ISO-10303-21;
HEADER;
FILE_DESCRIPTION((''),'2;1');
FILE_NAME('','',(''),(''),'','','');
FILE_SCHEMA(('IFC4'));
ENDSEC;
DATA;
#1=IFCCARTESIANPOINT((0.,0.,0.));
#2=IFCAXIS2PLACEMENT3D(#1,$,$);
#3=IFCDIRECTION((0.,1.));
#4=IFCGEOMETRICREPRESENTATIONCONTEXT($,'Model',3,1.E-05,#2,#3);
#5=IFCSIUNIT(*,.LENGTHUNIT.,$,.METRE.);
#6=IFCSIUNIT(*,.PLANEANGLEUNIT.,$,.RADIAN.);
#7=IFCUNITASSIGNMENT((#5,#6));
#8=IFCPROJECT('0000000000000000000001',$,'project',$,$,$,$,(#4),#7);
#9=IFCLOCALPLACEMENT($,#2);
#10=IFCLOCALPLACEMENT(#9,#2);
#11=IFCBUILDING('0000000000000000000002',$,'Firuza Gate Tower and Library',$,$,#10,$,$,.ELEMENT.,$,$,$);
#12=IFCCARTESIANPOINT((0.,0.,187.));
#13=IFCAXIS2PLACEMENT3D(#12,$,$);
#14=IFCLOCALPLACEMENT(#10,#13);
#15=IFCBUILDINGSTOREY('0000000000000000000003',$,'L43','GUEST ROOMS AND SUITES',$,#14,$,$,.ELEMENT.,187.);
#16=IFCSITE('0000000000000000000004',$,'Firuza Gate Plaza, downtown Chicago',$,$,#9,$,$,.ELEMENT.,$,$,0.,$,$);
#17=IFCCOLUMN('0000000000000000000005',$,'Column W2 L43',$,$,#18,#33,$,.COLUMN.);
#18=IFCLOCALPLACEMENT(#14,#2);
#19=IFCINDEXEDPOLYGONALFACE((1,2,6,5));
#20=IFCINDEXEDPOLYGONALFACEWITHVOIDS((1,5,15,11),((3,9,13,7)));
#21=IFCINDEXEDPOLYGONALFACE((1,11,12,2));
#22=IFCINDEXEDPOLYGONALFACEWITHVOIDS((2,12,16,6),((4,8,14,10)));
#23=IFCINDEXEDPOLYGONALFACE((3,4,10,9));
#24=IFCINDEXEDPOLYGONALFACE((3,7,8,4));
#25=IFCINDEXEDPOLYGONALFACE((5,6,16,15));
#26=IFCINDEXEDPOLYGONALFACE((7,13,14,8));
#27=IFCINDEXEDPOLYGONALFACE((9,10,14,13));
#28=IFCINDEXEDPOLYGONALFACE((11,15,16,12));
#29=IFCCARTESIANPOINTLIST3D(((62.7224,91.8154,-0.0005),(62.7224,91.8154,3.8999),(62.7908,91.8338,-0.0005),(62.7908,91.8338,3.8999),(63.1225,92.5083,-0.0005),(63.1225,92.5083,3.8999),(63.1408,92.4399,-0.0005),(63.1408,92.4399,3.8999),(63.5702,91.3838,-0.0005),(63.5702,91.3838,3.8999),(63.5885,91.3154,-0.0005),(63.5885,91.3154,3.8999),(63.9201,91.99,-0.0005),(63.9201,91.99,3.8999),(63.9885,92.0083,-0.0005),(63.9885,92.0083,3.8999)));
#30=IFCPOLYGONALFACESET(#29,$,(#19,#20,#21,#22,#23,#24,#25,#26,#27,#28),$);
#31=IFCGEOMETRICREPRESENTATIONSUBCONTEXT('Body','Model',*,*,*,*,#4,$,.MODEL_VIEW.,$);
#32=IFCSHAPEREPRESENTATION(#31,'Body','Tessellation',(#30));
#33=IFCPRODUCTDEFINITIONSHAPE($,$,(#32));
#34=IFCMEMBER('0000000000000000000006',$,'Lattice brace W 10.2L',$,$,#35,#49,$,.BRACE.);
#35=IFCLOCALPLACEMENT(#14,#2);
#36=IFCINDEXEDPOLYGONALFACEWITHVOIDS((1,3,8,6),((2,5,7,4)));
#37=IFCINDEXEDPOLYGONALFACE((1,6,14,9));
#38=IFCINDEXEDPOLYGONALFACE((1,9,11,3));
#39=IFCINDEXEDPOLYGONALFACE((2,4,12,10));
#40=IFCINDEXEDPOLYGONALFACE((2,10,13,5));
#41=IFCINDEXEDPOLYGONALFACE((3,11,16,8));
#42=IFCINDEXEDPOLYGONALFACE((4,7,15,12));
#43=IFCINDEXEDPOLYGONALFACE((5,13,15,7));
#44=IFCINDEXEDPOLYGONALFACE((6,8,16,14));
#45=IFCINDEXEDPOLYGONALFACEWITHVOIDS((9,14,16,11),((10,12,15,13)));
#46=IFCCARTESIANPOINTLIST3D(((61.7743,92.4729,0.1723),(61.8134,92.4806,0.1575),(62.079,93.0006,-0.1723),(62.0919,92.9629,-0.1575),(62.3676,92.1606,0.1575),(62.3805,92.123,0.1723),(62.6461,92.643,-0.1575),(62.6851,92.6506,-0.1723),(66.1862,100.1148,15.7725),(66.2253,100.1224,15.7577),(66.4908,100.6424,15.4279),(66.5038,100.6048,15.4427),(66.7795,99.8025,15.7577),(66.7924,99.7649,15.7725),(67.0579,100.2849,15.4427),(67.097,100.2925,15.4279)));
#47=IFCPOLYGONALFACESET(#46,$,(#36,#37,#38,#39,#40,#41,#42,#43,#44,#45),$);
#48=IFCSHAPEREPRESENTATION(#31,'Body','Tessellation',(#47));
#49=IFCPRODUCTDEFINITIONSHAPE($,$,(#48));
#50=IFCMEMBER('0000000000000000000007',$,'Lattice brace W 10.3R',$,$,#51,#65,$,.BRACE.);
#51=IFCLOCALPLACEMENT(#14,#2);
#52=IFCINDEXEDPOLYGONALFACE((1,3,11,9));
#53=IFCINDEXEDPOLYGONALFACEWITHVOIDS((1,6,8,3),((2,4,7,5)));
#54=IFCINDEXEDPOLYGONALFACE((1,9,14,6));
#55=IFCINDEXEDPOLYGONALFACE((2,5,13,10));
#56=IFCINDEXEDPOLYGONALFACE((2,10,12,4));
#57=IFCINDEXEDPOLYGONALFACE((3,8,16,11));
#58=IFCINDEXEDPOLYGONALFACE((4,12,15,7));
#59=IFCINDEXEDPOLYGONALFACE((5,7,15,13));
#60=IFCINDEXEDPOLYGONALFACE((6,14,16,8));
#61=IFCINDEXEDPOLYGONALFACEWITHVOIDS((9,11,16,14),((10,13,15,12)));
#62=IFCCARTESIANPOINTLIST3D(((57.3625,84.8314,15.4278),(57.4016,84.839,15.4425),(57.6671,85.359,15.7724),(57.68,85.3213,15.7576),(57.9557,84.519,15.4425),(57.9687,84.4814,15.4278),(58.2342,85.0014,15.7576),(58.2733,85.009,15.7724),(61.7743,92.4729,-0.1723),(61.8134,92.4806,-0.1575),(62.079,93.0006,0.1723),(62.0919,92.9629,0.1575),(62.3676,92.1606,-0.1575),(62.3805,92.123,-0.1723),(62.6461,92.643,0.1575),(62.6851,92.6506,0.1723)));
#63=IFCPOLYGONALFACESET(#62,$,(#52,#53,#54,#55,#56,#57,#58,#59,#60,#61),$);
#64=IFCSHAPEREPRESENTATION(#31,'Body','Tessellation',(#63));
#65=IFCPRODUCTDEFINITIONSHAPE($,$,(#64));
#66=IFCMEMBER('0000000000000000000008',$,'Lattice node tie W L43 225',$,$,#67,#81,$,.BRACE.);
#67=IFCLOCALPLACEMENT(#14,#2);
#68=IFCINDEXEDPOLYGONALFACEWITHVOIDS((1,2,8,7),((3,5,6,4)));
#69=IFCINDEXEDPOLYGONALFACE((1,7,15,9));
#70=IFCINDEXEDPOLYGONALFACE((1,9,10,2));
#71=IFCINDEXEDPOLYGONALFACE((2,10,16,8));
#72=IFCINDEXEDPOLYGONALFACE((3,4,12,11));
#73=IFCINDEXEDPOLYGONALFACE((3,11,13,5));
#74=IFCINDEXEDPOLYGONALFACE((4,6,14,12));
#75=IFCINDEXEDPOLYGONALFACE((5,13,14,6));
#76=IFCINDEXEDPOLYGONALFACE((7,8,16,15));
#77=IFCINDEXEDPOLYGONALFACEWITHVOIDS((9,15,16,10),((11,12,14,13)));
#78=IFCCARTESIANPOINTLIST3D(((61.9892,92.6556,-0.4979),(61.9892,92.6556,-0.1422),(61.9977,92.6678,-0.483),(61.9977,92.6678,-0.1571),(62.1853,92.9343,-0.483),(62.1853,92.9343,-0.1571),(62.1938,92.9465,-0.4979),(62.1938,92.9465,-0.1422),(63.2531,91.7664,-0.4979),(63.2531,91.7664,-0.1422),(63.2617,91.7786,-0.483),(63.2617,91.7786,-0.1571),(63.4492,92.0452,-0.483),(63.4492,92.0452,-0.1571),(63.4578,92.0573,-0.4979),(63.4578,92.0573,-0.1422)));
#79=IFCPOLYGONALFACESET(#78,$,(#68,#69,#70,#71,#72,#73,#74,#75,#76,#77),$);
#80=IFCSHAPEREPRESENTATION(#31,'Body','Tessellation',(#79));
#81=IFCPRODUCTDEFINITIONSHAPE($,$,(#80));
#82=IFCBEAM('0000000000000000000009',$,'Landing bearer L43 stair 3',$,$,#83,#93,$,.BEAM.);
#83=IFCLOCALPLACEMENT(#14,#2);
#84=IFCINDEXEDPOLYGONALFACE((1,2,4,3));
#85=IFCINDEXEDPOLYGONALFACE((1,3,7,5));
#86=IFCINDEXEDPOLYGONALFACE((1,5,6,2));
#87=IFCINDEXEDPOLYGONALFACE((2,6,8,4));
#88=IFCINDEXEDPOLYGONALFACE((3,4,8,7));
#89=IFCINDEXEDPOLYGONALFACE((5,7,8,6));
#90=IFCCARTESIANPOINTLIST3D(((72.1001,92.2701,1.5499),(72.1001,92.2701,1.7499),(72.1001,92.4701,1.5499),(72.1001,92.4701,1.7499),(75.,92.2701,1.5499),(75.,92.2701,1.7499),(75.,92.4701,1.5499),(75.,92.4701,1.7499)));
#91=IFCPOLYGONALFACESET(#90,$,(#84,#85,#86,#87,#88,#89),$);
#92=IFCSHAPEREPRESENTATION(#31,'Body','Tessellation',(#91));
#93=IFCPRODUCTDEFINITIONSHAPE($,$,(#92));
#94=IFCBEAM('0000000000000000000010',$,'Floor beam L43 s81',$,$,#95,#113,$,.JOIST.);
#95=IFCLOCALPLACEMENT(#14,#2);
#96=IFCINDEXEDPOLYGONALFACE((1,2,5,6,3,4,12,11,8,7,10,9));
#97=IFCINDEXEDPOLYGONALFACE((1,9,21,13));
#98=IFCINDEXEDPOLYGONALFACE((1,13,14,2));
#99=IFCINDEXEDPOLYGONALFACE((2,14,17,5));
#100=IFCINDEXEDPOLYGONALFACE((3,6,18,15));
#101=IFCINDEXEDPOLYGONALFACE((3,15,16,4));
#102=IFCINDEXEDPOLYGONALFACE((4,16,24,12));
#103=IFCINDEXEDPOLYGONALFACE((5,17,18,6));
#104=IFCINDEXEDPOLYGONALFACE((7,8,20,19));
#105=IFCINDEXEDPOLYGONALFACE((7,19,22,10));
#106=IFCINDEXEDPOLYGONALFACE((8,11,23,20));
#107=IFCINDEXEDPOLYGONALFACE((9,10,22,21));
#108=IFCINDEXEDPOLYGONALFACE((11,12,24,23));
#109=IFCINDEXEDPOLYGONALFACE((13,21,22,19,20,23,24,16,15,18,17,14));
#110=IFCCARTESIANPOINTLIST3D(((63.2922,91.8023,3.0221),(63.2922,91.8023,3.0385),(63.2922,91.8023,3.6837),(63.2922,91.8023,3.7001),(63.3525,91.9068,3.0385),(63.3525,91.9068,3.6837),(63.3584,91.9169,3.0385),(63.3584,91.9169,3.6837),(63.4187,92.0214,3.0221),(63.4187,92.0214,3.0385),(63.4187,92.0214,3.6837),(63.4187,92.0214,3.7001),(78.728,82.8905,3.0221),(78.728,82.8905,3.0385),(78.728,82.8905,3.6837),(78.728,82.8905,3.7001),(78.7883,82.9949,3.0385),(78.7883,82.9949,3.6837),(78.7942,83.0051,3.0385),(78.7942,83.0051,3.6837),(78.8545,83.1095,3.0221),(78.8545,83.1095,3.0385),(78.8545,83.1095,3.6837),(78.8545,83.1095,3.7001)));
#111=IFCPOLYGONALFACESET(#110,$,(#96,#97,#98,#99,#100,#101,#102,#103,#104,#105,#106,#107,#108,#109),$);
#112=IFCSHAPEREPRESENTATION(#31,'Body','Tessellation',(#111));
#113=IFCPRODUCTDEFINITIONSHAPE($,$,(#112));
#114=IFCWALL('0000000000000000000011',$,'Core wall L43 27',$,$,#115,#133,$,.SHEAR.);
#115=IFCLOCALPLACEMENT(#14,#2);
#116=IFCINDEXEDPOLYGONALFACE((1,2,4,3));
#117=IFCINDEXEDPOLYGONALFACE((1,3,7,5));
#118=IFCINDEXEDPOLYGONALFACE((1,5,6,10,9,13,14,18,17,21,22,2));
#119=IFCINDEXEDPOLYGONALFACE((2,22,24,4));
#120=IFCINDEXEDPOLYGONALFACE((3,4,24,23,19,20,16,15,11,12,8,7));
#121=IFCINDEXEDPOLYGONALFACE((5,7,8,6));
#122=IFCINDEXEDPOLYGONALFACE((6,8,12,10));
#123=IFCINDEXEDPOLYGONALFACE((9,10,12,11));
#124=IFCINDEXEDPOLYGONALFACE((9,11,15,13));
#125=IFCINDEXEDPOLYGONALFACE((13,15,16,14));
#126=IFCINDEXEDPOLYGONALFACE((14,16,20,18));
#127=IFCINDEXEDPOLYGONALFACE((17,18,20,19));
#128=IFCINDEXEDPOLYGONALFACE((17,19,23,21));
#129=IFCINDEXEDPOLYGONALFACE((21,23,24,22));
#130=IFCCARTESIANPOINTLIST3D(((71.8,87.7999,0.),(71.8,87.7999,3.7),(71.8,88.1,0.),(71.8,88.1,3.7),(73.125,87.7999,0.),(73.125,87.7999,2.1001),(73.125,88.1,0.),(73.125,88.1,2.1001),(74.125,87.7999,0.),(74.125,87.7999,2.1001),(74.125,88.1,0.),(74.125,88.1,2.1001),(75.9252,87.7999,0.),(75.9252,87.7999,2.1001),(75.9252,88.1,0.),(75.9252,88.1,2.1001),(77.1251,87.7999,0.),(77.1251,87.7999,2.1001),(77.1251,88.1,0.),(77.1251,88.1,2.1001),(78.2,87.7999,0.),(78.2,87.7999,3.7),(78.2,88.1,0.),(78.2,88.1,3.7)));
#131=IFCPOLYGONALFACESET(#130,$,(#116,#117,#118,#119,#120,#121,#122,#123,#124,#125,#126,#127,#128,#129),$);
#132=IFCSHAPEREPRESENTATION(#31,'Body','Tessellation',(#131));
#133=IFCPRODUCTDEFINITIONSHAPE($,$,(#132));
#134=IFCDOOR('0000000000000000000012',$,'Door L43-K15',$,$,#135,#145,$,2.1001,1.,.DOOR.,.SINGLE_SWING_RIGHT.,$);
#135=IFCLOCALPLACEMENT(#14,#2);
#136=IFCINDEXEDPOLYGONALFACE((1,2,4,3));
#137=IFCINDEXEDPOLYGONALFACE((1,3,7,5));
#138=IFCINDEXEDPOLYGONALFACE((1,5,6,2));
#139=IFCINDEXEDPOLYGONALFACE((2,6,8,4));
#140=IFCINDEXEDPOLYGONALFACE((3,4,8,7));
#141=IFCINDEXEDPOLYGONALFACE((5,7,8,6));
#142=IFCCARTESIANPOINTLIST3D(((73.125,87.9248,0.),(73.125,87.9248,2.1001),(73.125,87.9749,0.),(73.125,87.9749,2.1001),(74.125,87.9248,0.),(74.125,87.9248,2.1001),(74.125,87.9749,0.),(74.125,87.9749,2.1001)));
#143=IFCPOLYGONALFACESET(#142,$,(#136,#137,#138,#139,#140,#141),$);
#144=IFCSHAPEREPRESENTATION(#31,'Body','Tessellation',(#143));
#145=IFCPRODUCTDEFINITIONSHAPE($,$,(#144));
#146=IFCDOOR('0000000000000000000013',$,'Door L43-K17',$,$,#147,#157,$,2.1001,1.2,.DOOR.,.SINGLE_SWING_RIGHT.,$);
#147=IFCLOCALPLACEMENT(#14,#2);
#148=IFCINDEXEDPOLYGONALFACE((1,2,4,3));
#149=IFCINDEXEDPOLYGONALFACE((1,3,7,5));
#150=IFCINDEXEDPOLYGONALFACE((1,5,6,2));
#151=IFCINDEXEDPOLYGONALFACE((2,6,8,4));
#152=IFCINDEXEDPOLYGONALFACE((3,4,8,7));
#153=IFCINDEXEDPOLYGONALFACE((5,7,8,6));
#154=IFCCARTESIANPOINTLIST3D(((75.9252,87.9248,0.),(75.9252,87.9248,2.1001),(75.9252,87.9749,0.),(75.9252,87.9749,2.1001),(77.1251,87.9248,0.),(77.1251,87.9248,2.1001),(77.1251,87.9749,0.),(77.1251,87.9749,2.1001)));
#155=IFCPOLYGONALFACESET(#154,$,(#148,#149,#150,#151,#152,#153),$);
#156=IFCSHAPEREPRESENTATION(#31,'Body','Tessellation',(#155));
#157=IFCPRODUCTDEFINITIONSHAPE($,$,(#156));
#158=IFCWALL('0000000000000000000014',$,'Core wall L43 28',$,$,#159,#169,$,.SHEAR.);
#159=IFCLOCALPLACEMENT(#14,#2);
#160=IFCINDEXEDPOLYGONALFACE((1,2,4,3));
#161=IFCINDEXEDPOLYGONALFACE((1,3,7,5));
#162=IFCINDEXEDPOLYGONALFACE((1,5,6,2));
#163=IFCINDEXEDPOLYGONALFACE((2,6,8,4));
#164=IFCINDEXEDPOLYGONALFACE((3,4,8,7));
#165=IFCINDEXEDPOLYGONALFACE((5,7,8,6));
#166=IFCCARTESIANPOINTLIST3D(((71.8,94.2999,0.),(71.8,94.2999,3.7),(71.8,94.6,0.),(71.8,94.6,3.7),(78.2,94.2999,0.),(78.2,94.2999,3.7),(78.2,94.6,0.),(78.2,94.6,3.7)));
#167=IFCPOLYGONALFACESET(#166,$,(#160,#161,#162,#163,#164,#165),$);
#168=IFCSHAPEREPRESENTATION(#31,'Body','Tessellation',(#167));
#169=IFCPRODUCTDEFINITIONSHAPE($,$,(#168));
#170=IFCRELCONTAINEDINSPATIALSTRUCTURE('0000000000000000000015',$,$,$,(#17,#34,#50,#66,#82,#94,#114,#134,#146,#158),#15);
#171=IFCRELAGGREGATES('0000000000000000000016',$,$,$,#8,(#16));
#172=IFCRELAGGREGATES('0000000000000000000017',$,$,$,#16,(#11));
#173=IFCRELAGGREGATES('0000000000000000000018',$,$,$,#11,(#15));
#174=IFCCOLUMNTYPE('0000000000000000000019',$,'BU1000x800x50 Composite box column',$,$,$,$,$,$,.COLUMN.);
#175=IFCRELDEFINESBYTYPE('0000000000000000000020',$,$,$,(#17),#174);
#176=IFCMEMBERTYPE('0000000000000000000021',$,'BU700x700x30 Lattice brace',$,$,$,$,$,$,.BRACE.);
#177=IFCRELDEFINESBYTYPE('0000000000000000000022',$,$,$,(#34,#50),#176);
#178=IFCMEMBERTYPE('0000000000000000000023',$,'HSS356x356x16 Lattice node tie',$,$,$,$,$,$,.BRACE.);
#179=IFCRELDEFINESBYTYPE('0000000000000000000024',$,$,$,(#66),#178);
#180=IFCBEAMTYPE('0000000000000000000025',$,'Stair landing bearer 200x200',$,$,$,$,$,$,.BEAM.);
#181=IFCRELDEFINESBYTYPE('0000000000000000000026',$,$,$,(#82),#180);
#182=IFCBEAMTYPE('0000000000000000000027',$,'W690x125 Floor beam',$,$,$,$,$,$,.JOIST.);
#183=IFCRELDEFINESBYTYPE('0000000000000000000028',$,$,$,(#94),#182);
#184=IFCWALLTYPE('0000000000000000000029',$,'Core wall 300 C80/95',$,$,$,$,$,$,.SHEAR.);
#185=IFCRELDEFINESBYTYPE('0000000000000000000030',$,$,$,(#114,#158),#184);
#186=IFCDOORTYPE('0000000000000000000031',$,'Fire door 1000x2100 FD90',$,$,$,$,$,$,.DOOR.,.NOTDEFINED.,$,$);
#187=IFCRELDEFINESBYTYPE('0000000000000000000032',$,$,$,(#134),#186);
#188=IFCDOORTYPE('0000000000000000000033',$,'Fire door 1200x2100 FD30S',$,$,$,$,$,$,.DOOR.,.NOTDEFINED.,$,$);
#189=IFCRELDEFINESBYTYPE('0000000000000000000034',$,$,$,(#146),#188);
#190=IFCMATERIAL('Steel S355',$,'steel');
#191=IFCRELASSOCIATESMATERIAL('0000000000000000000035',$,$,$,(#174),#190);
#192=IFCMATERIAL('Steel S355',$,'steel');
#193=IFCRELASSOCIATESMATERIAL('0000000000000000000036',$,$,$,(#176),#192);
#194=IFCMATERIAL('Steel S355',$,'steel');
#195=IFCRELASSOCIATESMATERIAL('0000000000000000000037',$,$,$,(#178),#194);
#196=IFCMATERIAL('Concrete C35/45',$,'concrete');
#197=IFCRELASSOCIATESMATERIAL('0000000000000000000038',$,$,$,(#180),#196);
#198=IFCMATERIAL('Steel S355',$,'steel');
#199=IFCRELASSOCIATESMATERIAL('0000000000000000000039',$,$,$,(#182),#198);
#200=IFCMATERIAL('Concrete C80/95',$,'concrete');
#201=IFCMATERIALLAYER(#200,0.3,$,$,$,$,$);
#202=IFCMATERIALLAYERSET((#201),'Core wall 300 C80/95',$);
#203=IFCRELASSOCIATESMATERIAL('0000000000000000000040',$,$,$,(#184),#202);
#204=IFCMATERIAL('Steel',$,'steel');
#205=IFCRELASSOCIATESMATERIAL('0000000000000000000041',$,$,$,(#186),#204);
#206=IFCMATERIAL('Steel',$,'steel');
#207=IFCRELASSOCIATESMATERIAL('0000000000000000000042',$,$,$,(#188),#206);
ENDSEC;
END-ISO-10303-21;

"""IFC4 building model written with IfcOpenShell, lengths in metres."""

from ifc_helpers import new_model, si_unit, direction, frame, frame_2d, origin, origin_2d, place, context, subcontext, project, spatial, rectangle, hollow_rectangle, i_section, extrude, material, layer, layer_set, material_profile, profile_set, type_object, element, fill, save


model = new_model("IFC4")

# Units and contexts
model_context = context("Model", 3, precision=1e-05, world=origin(), true_north=direction((0.0, 1.0)))
body_context = subcontext(model_context, "Body", "Model", "MODEL_VIEW")
ifc_project = project(units=[si_unit("LENGTHUNIT", "METRE"), si_unit("PLANEANGLEUNIT", "RADIAN")], contexts=[model_context])

# Site, building, storey
site_placement = place(None, origin())
site = spatial("IfcSite", under=ifc_project, at=site_placement, Name="Firuza Gate Plaza, downtown Chicago", CompositionType="ELEMENT", RefElevation=0.0)
building_placement = place(site_placement, origin())
building = spatial("IfcBuilding", under=site, at=building_placement, Name="Firuza Gate Tower and Library", CompositionType="ELEMENT")
storey_placement = place(building_placement, frame((0.0, 0.0, 187.0)))
storey = spatial("IfcBuildingStorey", under=building, at=storey_placement, Name="L43", Description="GUEST ROOMS AND SUITES", CompositionType="ELEMENT", Elevation=187.0)

# Column
ifc_material_1 = material(Name="Steel S355", Category="steel")
ifc_material_profile_1 = material_profile(ifc_material_1, hollow_rectangle(XDim=0.8, YDim=1.0, WallThickness=0.05, at=origin_2d()))
ifc_profile_set_1 = profile_set([ifc_material_profile_1], Name="Steel S355")
column_type = type_object("IfcColumnType", Name="BU1000x800x50 Composite box column", PredefinedType="COLUMN", material=ifc_profile_set_1)
column_placement = place(storey_placement, frame((63.3555, 91.9119, -0.0005), z_axis=(0.0, 0.0, 1.0), x_axis=(-0.5, -0.866025, 0.0)))
element("IfcColumn", 1, at=column_placement, inside=storey, type_object=column_type, Name="Column W2 L43", PredefinedType="COLUMN", context=body_context, shape_type="SweptSolid", body=[
    extrude(hollow_rectangle(XDim=0.8, YDim=1.0, WallThickness=0.05, at=origin_2d()), origin(), (0.0, 0.0, 1.0), 3.9004),
])

# Members
ifc_material_2 = material(Name="Steel S355", Category="steel")
ifc_material_profile_2 = material_profile(ifc_material_2, hollow_rectangle(XDim=0.7, YDim=0.7, WallThickness=0.03, at=origin_2d()))
ifc_profile_set_2 = profile_set([ifc_material_profile_2], Name="Steel S355")
member_type_1 = type_object("IfcMemberType", Name="BU700x700x30 Lattice brace", PredefinedType="BRACE", material=ifc_profile_set_2)
member_1_placement = place(storey_placement, frame((62.2297, 92.5618, 0.0), z_axis=(0.24616, 0.426377, 0.870407), x_axis=(-0.866033, 0.499987, 0.0)))
element("IfcMember", 2, at=member_1_placement, inside=storey, type_object=member_type_1, Name="Lattice brace W 10.2L", PredefinedType="BRACE", context=body_context, shape_type="SweptSolid", body=[
    extrude(hollow_rectangle(XDim=0.7, YDim=0.7, WallThickness=0.03, at=origin_2d()), origin(), (0.0, 0.0, 1.0), 17.9229),
])
member_2_placement = place(storey_placement, frame((62.2297, 92.5618, 0.0), z_axis=(-0.246161, -0.426365, 0.870412), x_axis=(0.866026, -0.499999, 0.0)))
element("IfcMember", 3, at=member_2_placement, inside=storey, type_object=member_type_1, Name="Lattice brace W 10.3R", PredefinedType="BRACE", context=body_context, shape_type="SweptSolid", body=[
    extrude(hollow_rectangle(XDim=0.7, YDim=0.7, WallThickness=0.03, at=origin_2d()), origin(), (0.0, 0.0, 1.0), 17.9226),
])
ifc_material_3 = material(Name="Steel S355", Category="steel")
ifc_material_profile_3 = material_profile(ifc_material_3, hollow_rectangle(XDim=0.3557, YDim=0.3557, WallThickness=0.0149, at=origin_2d()))
ifc_profile_set_3 = profile_set([ifc_material_profile_3], Name="Steel S355")
member_type_2 = type_object("IfcMemberType", Name="HSS356x356x16 Lattice node tie", PredefinedType="BRACE", material=ifc_profile_set_3)
member_3_placement = place(storey_placement, frame((63.3555, 91.9119, -0.3201), z_axis=(-0.817886, 0.57538, 0.0), x_axis=(-0.57538, -0.817886, 0.0)))
element("IfcMember", 4, at=member_3_placement, inside=storey, type_object=member_type_2, Name="Lattice node tie W L43 225", PredefinedType="BRACE", context=body_context, shape_type="SweptSolid", body=[
    extrude(hollow_rectangle(XDim=0.3557, YDim=0.3557, WallThickness=0.0149, at=origin_2d()), origin(), (0.0, 0.0, 1.0), 1.5454),
])

# Beams
ifc_material_4 = material(Name="Concrete C35/45", Category="concrete")
ifc_material_profile_4 = material_profile(ifc_material_4, rectangle(XDim=0.2, YDim=0.2, at=origin_2d()))
ifc_profile_set_4 = profile_set([ifc_material_profile_4], Name="Concrete C35/45")
beam_type_1 = type_object("IfcBeamType", Name="Stair landing bearer 200x200", PredefinedType="BEAM", material=ifc_profile_set_4)
beam_1_placement = place(storey_placement, frame((75.0, 92.3701, 1.6499), z_axis=(-1.0, 0.0, 0.0), x_axis=(0.0, -1.0, 0.0)))
element("IfcBeam", 5, at=beam_1_placement, inside=storey, type_object=beam_type_1, Name="Landing bearer L43 stair 3", PredefinedType="BEAM", context=body_context, shape_type="SweptSolid", body=[
    extrude(rectangle(XDim=0.2, YDim=0.2, at=origin_2d()), origin(), (0.0, 0.0, 1.0), 2.8999),
])
ifc_material_5 = material(Name="Steel S355", Category="steel")
ifc_material_profile_5 = material_profile(ifc_material_5, i_section(OverallWidth=0.2529, OverallDepth=0.678, WebThickness=0.0117, FlangeThickness=0.0164, at=origin_2d()))
ifc_profile_set_5 = profile_set([ifc_material_profile_5], Name="Steel S355")
beam_type_2 = type_object("IfcBeamType", Name="W690x125 Floor beam", PredefinedType="JOIST", material=ifc_profile_set_5)
beam_2_placement = place(storey_placement, frame((63.3555, 91.9119, 3.3611), z_axis=(0.866025, -0.5, 0.0), x_axis=(0.5, 0.866025, 0.0)))
element("IfcBeam", 6, at=beam_2_placement, inside=storey, type_object=beam_type_2, Name="Floor beam L43 s81", PredefinedType="JOIST", context=body_context, shape_type="SweptSolid", body=[
    extrude(i_section(OverallWidth=0.2529, OverallDepth=0.678, WebThickness=0.0117, FlangeThickness=0.0164, at=origin_2d()), origin(), (0.0, 0.0, 1.0), 17.8237),
])

# Wall, openings, doors
ifc_material_6 = material(Name="Concrete C80/95", Category="concrete")
ifc_layer_1 = layer(ifc_material_6, 0.3)
ifc_layer_set_1 = layer_set([ifc_layer_1], Name="Core wall 300 C80/95")
wall_type_1 = type_object("IfcWallType", Name="Core wall 300 C80/95", PredefinedType="SHEAR", material=ifc_layer_set_1)
wall_1_placement = place(storey_placement, frame((71.8, 87.95, 0.0), z_axis=(0.0, 0.0, 1.0), x_axis=(1.0, 0.0, 0.0)))
wall_1 = element("IfcWall", 7, at=wall_1_placement, inside=storey, type_object=wall_type_1, Name="Core wall L43 27", PredefinedType="SHEAR", context=body_context, shape_type="SweptSolid", body=[
    extrude(rectangle(XDim=6.3999, YDim=0.3, at=frame_2d((3.2, 0.0))), origin(), (0.0, 0.0, 1.0), 3.7),
])
opening_1_placement = place(wall_1_placement, frame((1.325, 0.0, 0.0)))
opening_1 = element("IfcOpeningElement", 8, at=opening_1_placement, cuts=wall_1, PredefinedType="OPENING", context=body_context, shape_type="SweptSolid", body=[
    extrude(rectangle(XDim=1.0, YDim=2.1001, at=frame_2d((0.5, 1.05))), frame((0.0, 0.1602, 0.0), z_axis=(0.0, -1.0, 0.0), x_axis=(1.0, 0.0, 0.0)), (0.0, 0.0, 1.0), 0.3201),
])
opening_2_placement = place(wall_1_placement, frame((4.125, 0.0, 0.0)))
opening_2 = element("IfcOpeningElement", 9, at=opening_2_placement, cuts=wall_1, PredefinedType="OPENING", context=body_context, shape_type="SweptSolid", body=[
    extrude(rectangle(XDim=1.2, YDim=2.1001, at=frame_2d((0.6001, 1.05))), frame((0.0, 0.1602, 0.0), z_axis=(0.0, -1.0, 0.0), x_axis=(1.0, 0.0, 0.0)), (0.0, 0.0, 1.0), 0.3201),
])
ifc_material_7 = material(Name="Steel", Category="steel")
door_type_1 = type_object("IfcDoorType", Name="Fire door 1000x2100 FD90", OperationType="NOTDEFINED", PredefinedType="DOOR", material=ifc_material_7)
door_1_placement = place(opening_1_placement, origin())
door_1 = element("IfcDoor", 10, at=door_1_placement, inside=storey, type_object=door_type_1, Name="Door L43-K15", OperationType="SINGLE_SWING_RIGHT", OverallHeight=2.1001, OverallWidth=1.0, PredefinedType="DOOR", context=body_context, shape_type="SweptSolid", body=[
    extrude(rectangle(XDim=1.0, YDim=2.1001, at=frame_2d((0.5, 1.05))), frame((0.0, 0.0249, 0.0), z_axis=(0.0, -1.0, 0.0), x_axis=(1.0, 0.0, 0.0)), (0.0, 0.0, 1.0), 0.05),
])
fill(opening_1, door_1)
ifc_material_8 = material(Name="Steel", Category="steel")
door_type_2 = type_object("IfcDoorType", Name="Fire door 1200x2100 FD30S", OperationType="NOTDEFINED", PredefinedType="DOOR", material=ifc_material_8)
door_2_placement = place(opening_2_placement, origin())
door_2 = element("IfcDoor", 11, at=door_2_placement, inside=storey, type_object=door_type_2, Name="Door L43-K17", OperationType="SINGLE_SWING_RIGHT", OverallHeight=2.1001, OverallWidth=1.2, PredefinedType="DOOR", context=body_context, shape_type="SweptSolid", body=[
    extrude(rectangle(XDim=1.2, YDim=2.1001, at=frame_2d((0.6001, 1.05))), frame((0.0, 0.0249, 0.0), z_axis=(0.0, -1.0, 0.0), x_axis=(1.0, 0.0, 0.0)), (0.0, 0.0, 1.0), 0.05),
])
fill(opening_2, door_2)

# Wall
wall_2_placement = place(storey_placement, frame((71.8, 94.45, 0.0), z_axis=(0.0, 0.0, 1.0), x_axis=(1.0, 0.0, 0.0)))
element("IfcWall", 12, at=wall_2_placement, inside=storey, type_object=wall_type_1, Name="Core wall L43 28", PredefinedType="SHEAR", context=body_context, shape_type="SweptSolid", body=[
    extrude(rectangle(XDim=6.3999, YDim=0.3, at=frame_2d((3.2, 0.0))), origin(), (0.0, 0.0, 1.0), 3.7),
])

save(model, "model.ifc")
